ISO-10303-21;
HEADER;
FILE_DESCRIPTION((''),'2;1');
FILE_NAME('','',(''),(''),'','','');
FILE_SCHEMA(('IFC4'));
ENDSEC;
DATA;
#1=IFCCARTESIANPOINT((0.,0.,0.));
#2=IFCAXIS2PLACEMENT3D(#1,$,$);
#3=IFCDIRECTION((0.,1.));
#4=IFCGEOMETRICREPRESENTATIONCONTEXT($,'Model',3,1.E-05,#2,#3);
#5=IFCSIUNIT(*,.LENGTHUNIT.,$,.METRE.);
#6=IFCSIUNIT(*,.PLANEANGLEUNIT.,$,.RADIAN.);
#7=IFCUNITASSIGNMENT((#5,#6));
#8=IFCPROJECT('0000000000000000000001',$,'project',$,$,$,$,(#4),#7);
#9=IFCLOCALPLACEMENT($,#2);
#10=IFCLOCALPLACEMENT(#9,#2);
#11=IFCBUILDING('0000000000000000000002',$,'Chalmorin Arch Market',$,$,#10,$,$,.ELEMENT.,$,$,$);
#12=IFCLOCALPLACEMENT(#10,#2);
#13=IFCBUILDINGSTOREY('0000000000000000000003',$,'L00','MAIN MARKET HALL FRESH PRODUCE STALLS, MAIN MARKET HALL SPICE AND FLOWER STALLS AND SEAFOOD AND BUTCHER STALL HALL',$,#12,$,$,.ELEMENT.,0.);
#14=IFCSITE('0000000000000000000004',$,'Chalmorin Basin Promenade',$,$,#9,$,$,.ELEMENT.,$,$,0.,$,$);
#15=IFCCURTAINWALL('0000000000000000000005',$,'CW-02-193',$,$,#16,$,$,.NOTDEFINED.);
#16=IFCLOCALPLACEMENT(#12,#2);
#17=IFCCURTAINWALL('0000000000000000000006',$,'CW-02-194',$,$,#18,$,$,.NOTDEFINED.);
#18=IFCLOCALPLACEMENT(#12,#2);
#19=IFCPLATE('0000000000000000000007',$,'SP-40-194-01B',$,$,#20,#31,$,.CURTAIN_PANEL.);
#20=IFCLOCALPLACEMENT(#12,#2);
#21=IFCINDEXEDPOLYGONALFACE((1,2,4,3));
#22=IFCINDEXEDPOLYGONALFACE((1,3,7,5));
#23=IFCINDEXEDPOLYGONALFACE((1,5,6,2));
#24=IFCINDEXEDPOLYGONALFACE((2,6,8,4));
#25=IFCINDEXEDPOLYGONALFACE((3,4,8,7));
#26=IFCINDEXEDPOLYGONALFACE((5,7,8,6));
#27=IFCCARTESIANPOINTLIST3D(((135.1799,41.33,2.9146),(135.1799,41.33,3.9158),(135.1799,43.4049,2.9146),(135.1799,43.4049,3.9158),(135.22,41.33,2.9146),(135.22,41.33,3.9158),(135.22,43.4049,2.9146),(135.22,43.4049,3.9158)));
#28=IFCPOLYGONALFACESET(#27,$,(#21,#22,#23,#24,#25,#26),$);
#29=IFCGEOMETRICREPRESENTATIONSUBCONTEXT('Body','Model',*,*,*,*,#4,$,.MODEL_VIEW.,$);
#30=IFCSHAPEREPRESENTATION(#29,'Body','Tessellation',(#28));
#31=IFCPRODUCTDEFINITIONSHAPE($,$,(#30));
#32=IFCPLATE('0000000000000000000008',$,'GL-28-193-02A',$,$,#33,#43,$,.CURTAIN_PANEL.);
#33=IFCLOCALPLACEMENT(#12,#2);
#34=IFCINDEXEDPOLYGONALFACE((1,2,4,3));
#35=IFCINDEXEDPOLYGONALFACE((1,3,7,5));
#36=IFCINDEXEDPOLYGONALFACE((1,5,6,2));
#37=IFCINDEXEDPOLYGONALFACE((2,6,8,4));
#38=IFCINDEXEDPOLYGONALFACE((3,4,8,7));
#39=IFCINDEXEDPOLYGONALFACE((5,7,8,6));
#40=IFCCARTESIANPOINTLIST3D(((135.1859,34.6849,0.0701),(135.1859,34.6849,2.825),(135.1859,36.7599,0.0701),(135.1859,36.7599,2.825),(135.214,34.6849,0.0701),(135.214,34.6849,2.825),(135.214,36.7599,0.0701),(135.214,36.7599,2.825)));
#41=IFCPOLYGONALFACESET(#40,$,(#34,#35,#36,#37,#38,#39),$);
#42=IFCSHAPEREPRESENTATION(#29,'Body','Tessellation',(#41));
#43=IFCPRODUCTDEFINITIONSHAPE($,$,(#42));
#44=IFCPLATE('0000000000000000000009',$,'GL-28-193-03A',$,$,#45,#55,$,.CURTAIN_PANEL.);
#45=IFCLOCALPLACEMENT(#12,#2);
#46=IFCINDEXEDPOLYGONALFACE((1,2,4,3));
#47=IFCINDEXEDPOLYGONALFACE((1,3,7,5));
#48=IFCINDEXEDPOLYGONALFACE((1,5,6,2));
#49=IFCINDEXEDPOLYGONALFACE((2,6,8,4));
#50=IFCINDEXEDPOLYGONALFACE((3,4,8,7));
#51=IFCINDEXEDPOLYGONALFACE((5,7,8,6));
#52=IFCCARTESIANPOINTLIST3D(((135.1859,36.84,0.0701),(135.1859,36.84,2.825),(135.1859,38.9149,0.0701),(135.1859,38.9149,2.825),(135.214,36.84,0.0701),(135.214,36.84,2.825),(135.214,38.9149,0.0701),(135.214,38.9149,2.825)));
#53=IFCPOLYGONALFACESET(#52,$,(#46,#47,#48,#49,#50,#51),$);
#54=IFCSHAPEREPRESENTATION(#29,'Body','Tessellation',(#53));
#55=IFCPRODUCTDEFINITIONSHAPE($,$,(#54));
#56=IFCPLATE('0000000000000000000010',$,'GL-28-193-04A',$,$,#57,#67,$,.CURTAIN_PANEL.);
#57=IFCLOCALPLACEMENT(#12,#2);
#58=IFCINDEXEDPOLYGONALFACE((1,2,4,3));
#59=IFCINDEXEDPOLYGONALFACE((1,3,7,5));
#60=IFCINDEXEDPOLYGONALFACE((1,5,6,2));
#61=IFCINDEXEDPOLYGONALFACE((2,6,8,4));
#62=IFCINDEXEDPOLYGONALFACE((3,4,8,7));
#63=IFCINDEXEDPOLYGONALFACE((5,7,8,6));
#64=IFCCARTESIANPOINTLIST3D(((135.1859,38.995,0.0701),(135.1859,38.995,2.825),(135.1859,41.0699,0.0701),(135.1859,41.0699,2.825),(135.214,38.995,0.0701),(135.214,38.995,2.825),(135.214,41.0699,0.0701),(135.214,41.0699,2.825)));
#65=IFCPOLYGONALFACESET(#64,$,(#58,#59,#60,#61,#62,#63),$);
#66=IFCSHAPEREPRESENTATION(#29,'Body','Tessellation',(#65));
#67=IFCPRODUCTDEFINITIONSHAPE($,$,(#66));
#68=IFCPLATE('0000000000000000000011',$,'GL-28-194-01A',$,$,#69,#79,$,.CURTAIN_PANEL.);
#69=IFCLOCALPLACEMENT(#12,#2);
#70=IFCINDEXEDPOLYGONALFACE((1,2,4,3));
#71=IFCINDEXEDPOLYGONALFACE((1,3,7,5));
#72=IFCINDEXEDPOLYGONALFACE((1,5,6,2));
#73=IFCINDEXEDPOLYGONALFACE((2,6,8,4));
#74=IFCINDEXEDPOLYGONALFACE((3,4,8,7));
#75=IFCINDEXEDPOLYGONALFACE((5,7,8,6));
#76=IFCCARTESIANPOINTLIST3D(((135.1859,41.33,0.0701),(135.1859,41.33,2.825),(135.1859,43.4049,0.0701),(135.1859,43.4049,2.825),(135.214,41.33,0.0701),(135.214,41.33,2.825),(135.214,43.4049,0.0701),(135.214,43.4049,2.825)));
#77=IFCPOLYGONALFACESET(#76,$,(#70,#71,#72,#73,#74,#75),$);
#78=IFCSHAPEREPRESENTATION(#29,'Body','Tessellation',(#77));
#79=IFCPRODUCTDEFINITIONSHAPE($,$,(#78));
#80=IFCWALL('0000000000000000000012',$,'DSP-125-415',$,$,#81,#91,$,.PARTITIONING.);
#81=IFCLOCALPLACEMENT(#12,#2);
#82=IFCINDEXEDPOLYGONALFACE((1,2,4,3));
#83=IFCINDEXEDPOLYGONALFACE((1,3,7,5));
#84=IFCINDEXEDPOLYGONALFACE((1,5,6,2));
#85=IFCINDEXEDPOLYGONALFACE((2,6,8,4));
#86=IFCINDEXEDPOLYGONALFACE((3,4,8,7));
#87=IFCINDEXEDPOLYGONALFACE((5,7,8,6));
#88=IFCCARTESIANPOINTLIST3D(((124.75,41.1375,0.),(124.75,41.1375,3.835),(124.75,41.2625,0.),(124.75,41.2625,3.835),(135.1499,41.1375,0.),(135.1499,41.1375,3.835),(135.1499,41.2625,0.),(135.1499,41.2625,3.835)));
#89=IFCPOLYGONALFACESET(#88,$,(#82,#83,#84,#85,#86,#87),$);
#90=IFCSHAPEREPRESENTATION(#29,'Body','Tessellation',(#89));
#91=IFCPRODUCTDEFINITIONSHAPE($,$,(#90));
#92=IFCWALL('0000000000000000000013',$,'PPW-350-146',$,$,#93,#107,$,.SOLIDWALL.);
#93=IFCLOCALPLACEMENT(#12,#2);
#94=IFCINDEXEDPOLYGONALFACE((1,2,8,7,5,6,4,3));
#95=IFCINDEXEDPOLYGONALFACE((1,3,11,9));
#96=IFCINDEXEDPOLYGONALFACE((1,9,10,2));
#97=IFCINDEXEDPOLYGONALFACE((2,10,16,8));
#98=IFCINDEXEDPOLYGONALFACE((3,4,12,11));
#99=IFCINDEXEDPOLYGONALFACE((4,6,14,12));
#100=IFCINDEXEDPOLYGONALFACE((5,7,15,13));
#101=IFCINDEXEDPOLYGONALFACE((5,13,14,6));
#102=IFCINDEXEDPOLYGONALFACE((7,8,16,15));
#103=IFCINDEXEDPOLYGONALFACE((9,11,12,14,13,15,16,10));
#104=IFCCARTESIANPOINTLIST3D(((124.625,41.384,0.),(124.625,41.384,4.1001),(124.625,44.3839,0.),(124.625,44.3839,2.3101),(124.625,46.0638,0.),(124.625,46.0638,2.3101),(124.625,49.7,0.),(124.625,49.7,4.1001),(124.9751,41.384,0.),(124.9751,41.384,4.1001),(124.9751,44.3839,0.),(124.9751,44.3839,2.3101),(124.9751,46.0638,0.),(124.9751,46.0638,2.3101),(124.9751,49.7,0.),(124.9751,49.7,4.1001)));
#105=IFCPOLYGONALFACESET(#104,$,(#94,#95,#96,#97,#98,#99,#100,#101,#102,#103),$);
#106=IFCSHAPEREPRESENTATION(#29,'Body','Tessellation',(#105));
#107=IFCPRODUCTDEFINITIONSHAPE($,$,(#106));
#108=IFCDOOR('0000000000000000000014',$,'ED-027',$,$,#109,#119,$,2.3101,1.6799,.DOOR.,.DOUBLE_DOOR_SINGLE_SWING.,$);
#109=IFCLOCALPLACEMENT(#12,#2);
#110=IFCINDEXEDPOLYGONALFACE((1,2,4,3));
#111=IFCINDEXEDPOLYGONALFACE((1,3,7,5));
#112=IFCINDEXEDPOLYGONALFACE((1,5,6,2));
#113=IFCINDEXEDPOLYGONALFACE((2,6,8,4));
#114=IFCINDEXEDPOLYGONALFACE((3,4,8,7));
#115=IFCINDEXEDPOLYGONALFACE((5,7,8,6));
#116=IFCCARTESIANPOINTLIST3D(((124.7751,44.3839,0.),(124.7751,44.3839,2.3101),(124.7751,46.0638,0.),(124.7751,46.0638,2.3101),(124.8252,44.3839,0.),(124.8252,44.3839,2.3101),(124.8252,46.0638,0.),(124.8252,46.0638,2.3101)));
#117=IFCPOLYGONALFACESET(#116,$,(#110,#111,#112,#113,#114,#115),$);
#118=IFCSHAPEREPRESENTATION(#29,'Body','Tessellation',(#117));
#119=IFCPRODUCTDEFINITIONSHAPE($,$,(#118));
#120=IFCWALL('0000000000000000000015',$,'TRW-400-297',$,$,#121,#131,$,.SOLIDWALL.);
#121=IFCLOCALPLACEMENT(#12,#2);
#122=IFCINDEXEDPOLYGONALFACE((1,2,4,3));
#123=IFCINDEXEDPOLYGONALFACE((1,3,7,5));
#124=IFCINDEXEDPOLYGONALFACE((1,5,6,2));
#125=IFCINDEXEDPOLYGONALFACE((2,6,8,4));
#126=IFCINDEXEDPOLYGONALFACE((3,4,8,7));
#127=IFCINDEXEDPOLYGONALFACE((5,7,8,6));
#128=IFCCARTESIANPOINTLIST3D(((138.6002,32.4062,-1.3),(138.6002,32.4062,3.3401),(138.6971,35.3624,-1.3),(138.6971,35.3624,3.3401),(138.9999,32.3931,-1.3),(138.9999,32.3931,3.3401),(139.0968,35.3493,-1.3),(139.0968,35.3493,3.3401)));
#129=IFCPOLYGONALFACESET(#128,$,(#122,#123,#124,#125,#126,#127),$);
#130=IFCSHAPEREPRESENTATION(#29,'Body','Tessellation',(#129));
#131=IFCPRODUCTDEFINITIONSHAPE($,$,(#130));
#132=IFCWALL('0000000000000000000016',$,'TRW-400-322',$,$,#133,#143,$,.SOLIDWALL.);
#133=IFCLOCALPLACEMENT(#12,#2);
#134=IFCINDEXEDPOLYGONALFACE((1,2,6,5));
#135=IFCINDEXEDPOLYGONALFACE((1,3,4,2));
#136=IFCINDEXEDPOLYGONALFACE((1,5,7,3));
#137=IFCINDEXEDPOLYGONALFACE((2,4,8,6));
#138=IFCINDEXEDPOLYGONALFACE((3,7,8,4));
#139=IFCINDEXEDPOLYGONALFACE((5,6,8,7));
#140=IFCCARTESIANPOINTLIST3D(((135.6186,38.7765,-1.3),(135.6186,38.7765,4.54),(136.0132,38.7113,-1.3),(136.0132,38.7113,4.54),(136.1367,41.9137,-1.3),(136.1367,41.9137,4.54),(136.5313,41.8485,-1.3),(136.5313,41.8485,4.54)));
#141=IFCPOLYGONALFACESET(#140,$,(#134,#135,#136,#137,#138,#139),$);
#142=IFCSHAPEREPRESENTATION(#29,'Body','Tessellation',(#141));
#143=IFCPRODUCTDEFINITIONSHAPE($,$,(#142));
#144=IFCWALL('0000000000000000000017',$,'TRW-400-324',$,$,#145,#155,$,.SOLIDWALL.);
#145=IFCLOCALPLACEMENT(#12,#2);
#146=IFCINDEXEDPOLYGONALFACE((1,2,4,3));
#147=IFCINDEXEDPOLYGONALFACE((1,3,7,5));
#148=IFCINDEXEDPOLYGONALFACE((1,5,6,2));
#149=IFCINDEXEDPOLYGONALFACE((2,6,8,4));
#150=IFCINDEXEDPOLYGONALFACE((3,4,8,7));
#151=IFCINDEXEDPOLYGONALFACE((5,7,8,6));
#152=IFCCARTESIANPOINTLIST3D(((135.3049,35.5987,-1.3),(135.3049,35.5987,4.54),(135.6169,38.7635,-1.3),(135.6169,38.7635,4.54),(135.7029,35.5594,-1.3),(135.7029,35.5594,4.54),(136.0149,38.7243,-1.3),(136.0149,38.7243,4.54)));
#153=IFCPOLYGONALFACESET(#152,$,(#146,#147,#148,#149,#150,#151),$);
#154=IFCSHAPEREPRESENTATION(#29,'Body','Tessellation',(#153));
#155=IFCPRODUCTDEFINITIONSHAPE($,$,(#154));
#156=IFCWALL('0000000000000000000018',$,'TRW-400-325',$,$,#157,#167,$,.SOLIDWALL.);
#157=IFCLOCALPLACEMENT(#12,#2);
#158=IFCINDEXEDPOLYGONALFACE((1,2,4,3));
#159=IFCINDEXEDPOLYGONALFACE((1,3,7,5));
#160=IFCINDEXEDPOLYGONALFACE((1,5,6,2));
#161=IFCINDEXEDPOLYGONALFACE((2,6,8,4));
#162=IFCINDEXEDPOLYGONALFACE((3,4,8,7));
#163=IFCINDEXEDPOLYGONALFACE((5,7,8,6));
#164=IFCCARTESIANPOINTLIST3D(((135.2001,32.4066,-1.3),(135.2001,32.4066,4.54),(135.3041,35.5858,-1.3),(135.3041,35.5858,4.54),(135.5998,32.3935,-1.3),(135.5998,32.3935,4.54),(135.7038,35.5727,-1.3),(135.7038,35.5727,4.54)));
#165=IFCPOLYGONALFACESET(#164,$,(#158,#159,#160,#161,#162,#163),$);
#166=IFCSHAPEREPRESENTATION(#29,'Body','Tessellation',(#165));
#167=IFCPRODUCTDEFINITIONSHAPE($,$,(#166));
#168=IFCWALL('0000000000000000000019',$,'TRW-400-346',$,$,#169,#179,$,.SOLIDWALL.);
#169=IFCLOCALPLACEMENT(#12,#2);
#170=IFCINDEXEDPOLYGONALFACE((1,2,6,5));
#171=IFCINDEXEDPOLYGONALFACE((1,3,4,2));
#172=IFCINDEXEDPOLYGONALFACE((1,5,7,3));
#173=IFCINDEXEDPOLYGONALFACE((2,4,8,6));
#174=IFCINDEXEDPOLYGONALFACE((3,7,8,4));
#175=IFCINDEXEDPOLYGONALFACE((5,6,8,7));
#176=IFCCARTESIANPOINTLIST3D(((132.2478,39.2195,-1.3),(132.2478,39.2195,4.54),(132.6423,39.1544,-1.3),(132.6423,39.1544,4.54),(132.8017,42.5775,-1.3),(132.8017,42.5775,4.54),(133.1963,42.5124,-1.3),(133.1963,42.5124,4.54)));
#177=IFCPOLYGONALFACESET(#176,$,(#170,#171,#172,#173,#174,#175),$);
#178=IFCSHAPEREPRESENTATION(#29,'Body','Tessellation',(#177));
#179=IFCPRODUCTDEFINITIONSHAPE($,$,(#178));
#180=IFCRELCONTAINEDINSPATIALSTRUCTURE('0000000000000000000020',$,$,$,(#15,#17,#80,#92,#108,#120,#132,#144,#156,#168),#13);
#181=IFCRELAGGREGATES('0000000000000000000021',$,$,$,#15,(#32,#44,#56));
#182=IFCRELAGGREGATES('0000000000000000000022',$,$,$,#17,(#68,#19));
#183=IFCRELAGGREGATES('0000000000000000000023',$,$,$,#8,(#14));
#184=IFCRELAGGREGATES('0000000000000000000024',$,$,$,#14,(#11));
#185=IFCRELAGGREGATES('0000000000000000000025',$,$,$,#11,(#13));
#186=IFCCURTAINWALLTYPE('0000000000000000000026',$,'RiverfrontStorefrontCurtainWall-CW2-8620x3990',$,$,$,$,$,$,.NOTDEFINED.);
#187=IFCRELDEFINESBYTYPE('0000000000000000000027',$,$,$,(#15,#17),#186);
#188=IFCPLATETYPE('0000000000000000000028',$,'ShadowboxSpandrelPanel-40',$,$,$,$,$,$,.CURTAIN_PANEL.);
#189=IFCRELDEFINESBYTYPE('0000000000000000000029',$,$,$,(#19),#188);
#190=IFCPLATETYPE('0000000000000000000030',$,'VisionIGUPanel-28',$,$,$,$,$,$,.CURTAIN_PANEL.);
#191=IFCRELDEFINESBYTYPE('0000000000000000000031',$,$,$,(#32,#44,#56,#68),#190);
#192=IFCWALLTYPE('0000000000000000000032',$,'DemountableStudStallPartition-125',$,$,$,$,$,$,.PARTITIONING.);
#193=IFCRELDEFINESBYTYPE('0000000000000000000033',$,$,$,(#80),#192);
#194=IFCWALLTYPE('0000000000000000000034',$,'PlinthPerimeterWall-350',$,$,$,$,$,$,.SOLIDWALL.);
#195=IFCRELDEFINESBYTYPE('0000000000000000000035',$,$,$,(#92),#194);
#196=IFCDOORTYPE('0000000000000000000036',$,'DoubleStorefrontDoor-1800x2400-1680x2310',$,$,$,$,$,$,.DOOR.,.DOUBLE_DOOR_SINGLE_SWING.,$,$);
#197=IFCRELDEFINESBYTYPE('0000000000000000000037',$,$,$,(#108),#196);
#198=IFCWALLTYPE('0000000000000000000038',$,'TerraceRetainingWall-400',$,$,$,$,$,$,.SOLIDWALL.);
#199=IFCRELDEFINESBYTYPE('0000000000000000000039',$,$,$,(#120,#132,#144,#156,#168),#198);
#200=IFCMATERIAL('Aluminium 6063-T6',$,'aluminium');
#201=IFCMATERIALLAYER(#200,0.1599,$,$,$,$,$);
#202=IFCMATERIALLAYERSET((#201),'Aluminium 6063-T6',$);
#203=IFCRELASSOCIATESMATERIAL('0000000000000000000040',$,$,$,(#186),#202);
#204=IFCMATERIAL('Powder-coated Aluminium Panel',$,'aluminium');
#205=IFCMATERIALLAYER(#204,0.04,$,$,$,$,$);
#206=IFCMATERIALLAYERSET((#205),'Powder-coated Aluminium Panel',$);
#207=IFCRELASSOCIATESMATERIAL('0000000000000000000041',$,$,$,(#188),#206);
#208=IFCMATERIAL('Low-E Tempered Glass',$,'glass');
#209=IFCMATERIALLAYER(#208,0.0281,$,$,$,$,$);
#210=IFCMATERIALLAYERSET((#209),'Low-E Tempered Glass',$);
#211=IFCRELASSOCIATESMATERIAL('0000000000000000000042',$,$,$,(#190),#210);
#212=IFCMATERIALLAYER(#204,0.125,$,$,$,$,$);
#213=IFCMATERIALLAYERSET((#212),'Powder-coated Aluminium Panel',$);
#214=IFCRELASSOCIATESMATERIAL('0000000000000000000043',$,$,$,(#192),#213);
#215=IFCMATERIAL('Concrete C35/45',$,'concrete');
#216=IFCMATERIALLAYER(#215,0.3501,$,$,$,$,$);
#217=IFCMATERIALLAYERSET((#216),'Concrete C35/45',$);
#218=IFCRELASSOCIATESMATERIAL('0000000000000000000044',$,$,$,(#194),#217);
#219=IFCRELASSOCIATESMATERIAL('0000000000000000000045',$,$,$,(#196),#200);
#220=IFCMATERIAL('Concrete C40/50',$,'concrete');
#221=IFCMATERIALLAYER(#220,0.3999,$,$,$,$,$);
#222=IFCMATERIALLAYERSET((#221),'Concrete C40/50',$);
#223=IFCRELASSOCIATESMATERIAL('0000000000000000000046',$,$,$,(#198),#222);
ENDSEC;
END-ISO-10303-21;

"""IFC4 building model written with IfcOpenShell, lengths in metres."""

from ifc_helpers import new_model, si_unit, direction, frame, frame_2d, origin, origin_2d, place, context, subcontext, project, spatial, rectangle, extrude, material, layer, layer_set, type_object, element, fill, aggregate, save


model = new_model("IFC4")

# Units and contexts
model_context = context("Model", 3, precision=1e-05, world=origin(), true_north=direction((0.0, 1.0)))
body_context = subcontext(model_context, "Body", "Model", "MODEL_VIEW")
ifc_project = project(units=[si_unit("LENGTHUNIT", "METRE"), si_unit("PLANEANGLEUNIT", "RADIAN")], contexts=[model_context])

# Site, building, storey
site_placement = place(None, origin())
site = spatial("IfcSite", under=ifc_project, at=site_placement, Name="Chalmorin Basin Promenade", CompositionType="ELEMENT", RefElevation=0.0)
building_placement = place(site_placement, origin())
building = spatial("IfcBuilding", under=site, at=building_placement, Name="Chalmorin Arch Market", CompositionType="ELEMENT")
storey_placement = place(building_placement, origin())
storey = spatial("IfcBuildingStorey", under=building, at=storey_placement, Name="L00", Description="MAIN MARKET HALL FRESH PRODUCE STALLS, MAIN MARKET HALL SPICE AND FLOWER STALLS AND SEAFOOD AND BUTCHER STALL HALL", CompositionType="ELEMENT", Elevation=0.0)

# Shared definitions
ifc_material_1 = material(Name="Concrete C40/50", Category="concrete")

# Curtain walls
ifc_material_2 = material(Name="Aluminium 6063-T6", Category="aluminium")
ifc_layer_1 = layer(ifc_material_2, 0.1599)
ifc_layer_set_1 = layer_set([ifc_layer_1], Name="Aluminium 6063-T6")
curtain_wall_type = type_object("IfcCurtainWallType", Name="RiverfrontStorefrontCurtainWall-CW2-8620x3990", PredefinedType="NOTDEFINED", material=ifc_layer_set_1)
curtain_wall_1_placement = place(storey_placement, origin())
curtain_wall_1 = element("IfcCurtainWall", 1, at=curtain_wall_1_placement, inside=storey, type_object=curtain_wall_type, Name="CW-02-193", PredefinedType="NOTDEFINED")
curtain_wall_2_placement = place(storey_placement, origin())
curtain_wall_2 = element("IfcCurtainWall", 2, at=curtain_wall_2_placement, inside=storey, type_object=curtain_wall_type, Name="CW-02-194", PredefinedType="NOTDEFINED")

# Plates
ifc_material_3 = material(Name="Powder-coated Aluminium Panel", Category="aluminium")
ifc_layer_2 = layer(ifc_material_3, 0.04)
ifc_layer_set_2 = layer_set([ifc_layer_2], Name="Powder-coated Aluminium Panel")
plate_type_1 = type_object("IfcPlateType", Name="ShadowboxSpandrelPanel-40", PredefinedType="CURTAIN_PANEL", material=ifc_layer_set_2)
plate_1_placement = place(storey_placement, frame((135.2, 42.3674, 2.9146), z_axis=(0.0, 0.0, 1.0), x_axis=(0.0, 1.0, 0.0)))
plate_1 = element("IfcPlate", 3, at=plate_1_placement, type_object=plate_type_1, Name="SP-40-194-01B", PredefinedType="CURTAIN_PANEL", context=body_context, shape_type="SweptSolid", body=[
    extrude(rectangle(XDim=2.075, YDim=0.04, at=origin_2d()), origin(), (0.0, 0.0, 1.0), 1.0012),
])
ifc_material_4 = material(Name="Low-E Tempered Glass", Category="glass")
ifc_layer_3 = layer(ifc_material_4, 0.0281)
ifc_layer_set_3 = layer_set([ifc_layer_3], Name="Low-E Tempered Glass")
plate_type_2 = type_object("IfcPlateType", Name="VisionIGUPanel-28", PredefinedType="CURTAIN_PANEL", material=ifc_layer_set_3)
plate_2_placement = place(storey_placement, frame((135.2, 35.7224, 0.0701), z_axis=(0.0, 0.0, 1.0), x_axis=(0.0, 1.0, 0.0)))
plate_2 = element("IfcPlate", 4, at=plate_2_placement, type_object=plate_type_2, Name="GL-28-193-02A", PredefinedType="CURTAIN_PANEL", context=body_context, shape_type="SweptSolid", body=[
    extrude(rectangle(XDim=2.075, YDim=0.0281, at=origin_2d()), origin(), (0.0, 0.0, 1.0), 2.7549),
])
plate_3_placement = place(storey_placement, frame((135.2, 37.8774, 0.0701), z_axis=(0.0, 0.0, 1.0), x_axis=(0.0, 1.0, 0.0)))
plate_3 = element("IfcPlate", 5, at=plate_3_placement, type_object=plate_type_2, Name="GL-28-193-03A", PredefinedType="CURTAIN_PANEL", context=body_context, shape_type="SweptSolid", body=[
    extrude(rectangle(XDim=2.075, YDim=0.0281, at=origin_2d()), origin(), (0.0, 0.0, 1.0), 2.7549),
])
plate_4_placement = place(storey_placement, frame((135.2, 40.0325, 0.0701), z_axis=(0.0, 0.0, 1.0), x_axis=(0.0, 1.0, 0.0)))
plate_4 = element("IfcPlate", 6, at=plate_4_placement, type_object=plate_type_2, Name="GL-28-193-04A", PredefinedType="CURTAIN_PANEL", context=body_context, shape_type="SweptSolid", body=[
    extrude(rectangle(XDim=2.075, YDim=0.0281, at=origin_2d()), origin(), (0.0, 0.0, 1.0), 2.7549),
])
aggregate(curtain_wall_1, [plate_2, plate_3, plate_4])
plate_5_placement = place(storey_placement, frame((135.2, 42.3674, 0.0701), z_axis=(0.0, 0.0, 1.0), x_axis=(0.0, 1.0, 0.0)))
plate_5 = element("IfcPlate", 7, at=plate_5_placement, type_object=plate_type_2, Name="GL-28-194-01A", PredefinedType="CURTAIN_PANEL", context=body_context, shape_type="SweptSolid", body=[
    extrude(rectangle(XDim=2.075, YDim=0.0281, at=origin_2d()), origin(), (0.0, 0.0, 1.0), 2.7549),
])
aggregate(curtain_wall_2, [plate_5, plate_1])

# Wall
ifc_layer_4 = layer(ifc_material_3, 0.125)
ifc_layer_set_4 = layer_set([ifc_layer_4], Name="Powder-coated Aluminium Panel")
wall_type_1 = type_object("IfcWallType", Name="DemountableStudStallPartition-125", PredefinedType="PARTITIONING", material=ifc_layer_set_4)
wall_1_placement = place(storey_placement, frame((124.75, 41.2, 0.0), z_axis=(0.0, 0.0, 1.0), x_axis=(1.0, 0.0, 0.0)))
element("IfcWall", 8, at=wall_1_placement, inside=storey, type_object=wall_type_1, Name="DSP-125-415", PredefinedType="PARTITIONING", context=body_context, shape_type="SweptSolid", body=[
    extrude(rectangle(XDim=10.3999, YDim=0.125, at=frame_2d((5.2, 0.0))), origin(), (0.0, 0.0, 1.0), 3.835),
])

# Wall, opening, door
ifc_material_5 = material(Name="Concrete C35/45", Category="concrete")
ifc_layer_5 = layer(ifc_material_5, 0.3501)
ifc_layer_set_5 = layer_set([ifc_layer_5], Name="Concrete C35/45")
wall_type_2 = type_object("IfcWallType", Name="PlinthPerimeterWall-350", PredefinedType="SOLIDWALL", material=ifc_layer_set_5)
wall_2_placement = place(storey_placement, frame((124.8, 41.384, 0.0), z_axis=(0.0, 0.0, 1.0), x_axis=(0.0, 1.0, 0.0)))
wall_2 = element("IfcWall", 9, at=wall_2_placement, inside=storey, type_object=wall_type_2, Name="PPW-350-146", PredefinedType="SOLIDWALL", context=body_context, shape_type="SweptSolid", body=[
    extrude(rectangle(XDim=8.3159, YDim=0.3501, at=frame_2d((4.158, 0.0))), origin(), (0.0, 0.0, 1.0), 4.1001),
])
opening_placement = place(wall_2_placement, frame((3.0, 0.0, 0.0)))
opening = element("IfcOpeningElement", 10, at=opening_placement, cuts=wall_2, PredefinedType="OPENING", context=body_context, shape_type="SweptSolid", body=[
    extrude(rectangle(XDim=1.6799, YDim=2.3101, at=frame_2d((0.8398, 1.155))), frame((0.0, 0.1851, 0.0), z_axis=(0.0, -1.0, 0.0), x_axis=(1.0, 0.0, 0.0)), (0.0, 0.0, 1.0), 0.3701),
])
door_type = type_object("IfcDoorType", Name="DoubleStorefrontDoor-1800x2400-1680x2310", OperationType="DOUBLE_DOOR_SINGLE_SWING", PredefinedType="DOOR", material=ifc_material_2)
door_placement = place(opening_placement, origin())
door = element("IfcDoor", 11, at=door_placement, inside=storey, type_object=door_type, Name="ED-027", OperationType="DOUBLE_DOOR_SINGLE_SWING", OverallHeight=2.3101, OverallWidth=1.6799, PredefinedType="DOOR", context=body_context, shape_type="SweptSolid", body=[
    extrude(rectangle(XDim=1.6799, YDim=2.3101, at=frame_2d((0.8398, 1.155))), frame((0.0, 0.0249, 0.0), z_axis=(0.0, -1.0, 0.0), x_axis=(1.0, 0.0, 0.0)), (0.0, 0.0, 1.0), 0.05),
])
fill(opening, door)

# Walls
ifc_layer_6 = layer(ifc_material_1, 0.3999)
ifc_layer_set_6 = layer_set([ifc_layer_6], Name="Concrete C40/50")
wall_type_3 = type_object("IfcWallType", Name="TerraceRetainingWall-400", PredefinedType="SOLIDWALL", material=ifc_layer_set_6)
wall_3_placement = place(storey_placement, frame((138.897, 35.356, -1.3), z_axis=(0.0, 0.0, 1.0), x_axis=(-0.032771, -0.999463, 0.0)))
element("IfcWall", 12, at=wall_3_placement, inside=storey, type_object=wall_type_3, Name="TRW-400-297", PredefinedType="SOLIDWALL", context=body_context, shape_type="SweptSolid", body=[
    extrude(rectangle(XDim=2.9578, YDim=0.3999, at=frame_2d((1.479, 0.0))), origin(), (0.0, 0.0, 1.0), 4.6401),
])
wall_4_placement = place(storey_placement, frame((136.334, 41.8811, -1.3), z_axis=(0.0, 0.0, 1.0), x_axis=(-0.16293, -0.986638, 0.0)))
element("IfcWall", 13, at=wall_4_placement, inside=storey, type_object=wall_type_3, Name="TRW-400-322", PredefinedType="SOLIDWALL", context=body_context, shape_type="SweptSolid", body=[
    extrude(rectangle(XDim=3.1797, YDim=0.3999, at=frame_2d((1.5898, 0.0))), origin(), (0.0, 0.0, 1.0), 5.8401),
])
wall_5_placement = place(storey_placement, frame((135.8159, 38.7439, -1.3), z_axis=(0.0, 0.0, 1.0), x_axis=(-0.098113, -0.995175, 0.0)))
element("IfcWall", 14, at=wall_5_placement, inside=storey, type_object=wall_type_3, Name="TRW-400-324", PredefinedType="SOLIDWALL", context=body_context, shape_type="SweptSolid", body=[
    extrude(rectangle(XDim=3.1802, YDim=0.3999, at=frame_2d((1.5901, 0.0))), origin(), (0.0, 0.0, 1.0), 5.8401),
])
wall_6_placement = place(storey_placement, frame((135.5039, 35.5791, -1.3), z_axis=(0.0, 0.0, 1.0), x_axis=(-0.032696, -0.999465, 0.0)))
element("IfcWall", 15, at=wall_6_placement, inside=storey, type_object=wall_type_3, Name="TRW-400-325", PredefinedType="SOLIDWALL", context=body_context, shape_type="SweptSolid", body=[
    extrude(rectangle(XDim=3.1809, YDim=0.3999, at=frame_2d((1.5903, 0.0))), origin(), (0.0, 0.0, 1.0), 5.8401),
])
wall_7_placement = place(storey_placement, frame((132.999, 42.5449, -1.3), z_axis=(0.0, 0.0, 1.0), x_axis=(-0.16277, -0.986664, 0.0)))
element("IfcWall", 16, at=wall_7_placement, inside=storey, type_object=wall_type_3, Name="TRW-400-346", PredefinedType="SOLIDWALL", context=body_context, shape_type="SweptSolid", body=[
    extrude(rectangle(XDim=3.4033, YDim=0.3999, at=frame_2d((1.7017, 0.0))), origin(), (0.0, 0.0, 1.0), 5.8401),
])

save(model, "model.ifc")
